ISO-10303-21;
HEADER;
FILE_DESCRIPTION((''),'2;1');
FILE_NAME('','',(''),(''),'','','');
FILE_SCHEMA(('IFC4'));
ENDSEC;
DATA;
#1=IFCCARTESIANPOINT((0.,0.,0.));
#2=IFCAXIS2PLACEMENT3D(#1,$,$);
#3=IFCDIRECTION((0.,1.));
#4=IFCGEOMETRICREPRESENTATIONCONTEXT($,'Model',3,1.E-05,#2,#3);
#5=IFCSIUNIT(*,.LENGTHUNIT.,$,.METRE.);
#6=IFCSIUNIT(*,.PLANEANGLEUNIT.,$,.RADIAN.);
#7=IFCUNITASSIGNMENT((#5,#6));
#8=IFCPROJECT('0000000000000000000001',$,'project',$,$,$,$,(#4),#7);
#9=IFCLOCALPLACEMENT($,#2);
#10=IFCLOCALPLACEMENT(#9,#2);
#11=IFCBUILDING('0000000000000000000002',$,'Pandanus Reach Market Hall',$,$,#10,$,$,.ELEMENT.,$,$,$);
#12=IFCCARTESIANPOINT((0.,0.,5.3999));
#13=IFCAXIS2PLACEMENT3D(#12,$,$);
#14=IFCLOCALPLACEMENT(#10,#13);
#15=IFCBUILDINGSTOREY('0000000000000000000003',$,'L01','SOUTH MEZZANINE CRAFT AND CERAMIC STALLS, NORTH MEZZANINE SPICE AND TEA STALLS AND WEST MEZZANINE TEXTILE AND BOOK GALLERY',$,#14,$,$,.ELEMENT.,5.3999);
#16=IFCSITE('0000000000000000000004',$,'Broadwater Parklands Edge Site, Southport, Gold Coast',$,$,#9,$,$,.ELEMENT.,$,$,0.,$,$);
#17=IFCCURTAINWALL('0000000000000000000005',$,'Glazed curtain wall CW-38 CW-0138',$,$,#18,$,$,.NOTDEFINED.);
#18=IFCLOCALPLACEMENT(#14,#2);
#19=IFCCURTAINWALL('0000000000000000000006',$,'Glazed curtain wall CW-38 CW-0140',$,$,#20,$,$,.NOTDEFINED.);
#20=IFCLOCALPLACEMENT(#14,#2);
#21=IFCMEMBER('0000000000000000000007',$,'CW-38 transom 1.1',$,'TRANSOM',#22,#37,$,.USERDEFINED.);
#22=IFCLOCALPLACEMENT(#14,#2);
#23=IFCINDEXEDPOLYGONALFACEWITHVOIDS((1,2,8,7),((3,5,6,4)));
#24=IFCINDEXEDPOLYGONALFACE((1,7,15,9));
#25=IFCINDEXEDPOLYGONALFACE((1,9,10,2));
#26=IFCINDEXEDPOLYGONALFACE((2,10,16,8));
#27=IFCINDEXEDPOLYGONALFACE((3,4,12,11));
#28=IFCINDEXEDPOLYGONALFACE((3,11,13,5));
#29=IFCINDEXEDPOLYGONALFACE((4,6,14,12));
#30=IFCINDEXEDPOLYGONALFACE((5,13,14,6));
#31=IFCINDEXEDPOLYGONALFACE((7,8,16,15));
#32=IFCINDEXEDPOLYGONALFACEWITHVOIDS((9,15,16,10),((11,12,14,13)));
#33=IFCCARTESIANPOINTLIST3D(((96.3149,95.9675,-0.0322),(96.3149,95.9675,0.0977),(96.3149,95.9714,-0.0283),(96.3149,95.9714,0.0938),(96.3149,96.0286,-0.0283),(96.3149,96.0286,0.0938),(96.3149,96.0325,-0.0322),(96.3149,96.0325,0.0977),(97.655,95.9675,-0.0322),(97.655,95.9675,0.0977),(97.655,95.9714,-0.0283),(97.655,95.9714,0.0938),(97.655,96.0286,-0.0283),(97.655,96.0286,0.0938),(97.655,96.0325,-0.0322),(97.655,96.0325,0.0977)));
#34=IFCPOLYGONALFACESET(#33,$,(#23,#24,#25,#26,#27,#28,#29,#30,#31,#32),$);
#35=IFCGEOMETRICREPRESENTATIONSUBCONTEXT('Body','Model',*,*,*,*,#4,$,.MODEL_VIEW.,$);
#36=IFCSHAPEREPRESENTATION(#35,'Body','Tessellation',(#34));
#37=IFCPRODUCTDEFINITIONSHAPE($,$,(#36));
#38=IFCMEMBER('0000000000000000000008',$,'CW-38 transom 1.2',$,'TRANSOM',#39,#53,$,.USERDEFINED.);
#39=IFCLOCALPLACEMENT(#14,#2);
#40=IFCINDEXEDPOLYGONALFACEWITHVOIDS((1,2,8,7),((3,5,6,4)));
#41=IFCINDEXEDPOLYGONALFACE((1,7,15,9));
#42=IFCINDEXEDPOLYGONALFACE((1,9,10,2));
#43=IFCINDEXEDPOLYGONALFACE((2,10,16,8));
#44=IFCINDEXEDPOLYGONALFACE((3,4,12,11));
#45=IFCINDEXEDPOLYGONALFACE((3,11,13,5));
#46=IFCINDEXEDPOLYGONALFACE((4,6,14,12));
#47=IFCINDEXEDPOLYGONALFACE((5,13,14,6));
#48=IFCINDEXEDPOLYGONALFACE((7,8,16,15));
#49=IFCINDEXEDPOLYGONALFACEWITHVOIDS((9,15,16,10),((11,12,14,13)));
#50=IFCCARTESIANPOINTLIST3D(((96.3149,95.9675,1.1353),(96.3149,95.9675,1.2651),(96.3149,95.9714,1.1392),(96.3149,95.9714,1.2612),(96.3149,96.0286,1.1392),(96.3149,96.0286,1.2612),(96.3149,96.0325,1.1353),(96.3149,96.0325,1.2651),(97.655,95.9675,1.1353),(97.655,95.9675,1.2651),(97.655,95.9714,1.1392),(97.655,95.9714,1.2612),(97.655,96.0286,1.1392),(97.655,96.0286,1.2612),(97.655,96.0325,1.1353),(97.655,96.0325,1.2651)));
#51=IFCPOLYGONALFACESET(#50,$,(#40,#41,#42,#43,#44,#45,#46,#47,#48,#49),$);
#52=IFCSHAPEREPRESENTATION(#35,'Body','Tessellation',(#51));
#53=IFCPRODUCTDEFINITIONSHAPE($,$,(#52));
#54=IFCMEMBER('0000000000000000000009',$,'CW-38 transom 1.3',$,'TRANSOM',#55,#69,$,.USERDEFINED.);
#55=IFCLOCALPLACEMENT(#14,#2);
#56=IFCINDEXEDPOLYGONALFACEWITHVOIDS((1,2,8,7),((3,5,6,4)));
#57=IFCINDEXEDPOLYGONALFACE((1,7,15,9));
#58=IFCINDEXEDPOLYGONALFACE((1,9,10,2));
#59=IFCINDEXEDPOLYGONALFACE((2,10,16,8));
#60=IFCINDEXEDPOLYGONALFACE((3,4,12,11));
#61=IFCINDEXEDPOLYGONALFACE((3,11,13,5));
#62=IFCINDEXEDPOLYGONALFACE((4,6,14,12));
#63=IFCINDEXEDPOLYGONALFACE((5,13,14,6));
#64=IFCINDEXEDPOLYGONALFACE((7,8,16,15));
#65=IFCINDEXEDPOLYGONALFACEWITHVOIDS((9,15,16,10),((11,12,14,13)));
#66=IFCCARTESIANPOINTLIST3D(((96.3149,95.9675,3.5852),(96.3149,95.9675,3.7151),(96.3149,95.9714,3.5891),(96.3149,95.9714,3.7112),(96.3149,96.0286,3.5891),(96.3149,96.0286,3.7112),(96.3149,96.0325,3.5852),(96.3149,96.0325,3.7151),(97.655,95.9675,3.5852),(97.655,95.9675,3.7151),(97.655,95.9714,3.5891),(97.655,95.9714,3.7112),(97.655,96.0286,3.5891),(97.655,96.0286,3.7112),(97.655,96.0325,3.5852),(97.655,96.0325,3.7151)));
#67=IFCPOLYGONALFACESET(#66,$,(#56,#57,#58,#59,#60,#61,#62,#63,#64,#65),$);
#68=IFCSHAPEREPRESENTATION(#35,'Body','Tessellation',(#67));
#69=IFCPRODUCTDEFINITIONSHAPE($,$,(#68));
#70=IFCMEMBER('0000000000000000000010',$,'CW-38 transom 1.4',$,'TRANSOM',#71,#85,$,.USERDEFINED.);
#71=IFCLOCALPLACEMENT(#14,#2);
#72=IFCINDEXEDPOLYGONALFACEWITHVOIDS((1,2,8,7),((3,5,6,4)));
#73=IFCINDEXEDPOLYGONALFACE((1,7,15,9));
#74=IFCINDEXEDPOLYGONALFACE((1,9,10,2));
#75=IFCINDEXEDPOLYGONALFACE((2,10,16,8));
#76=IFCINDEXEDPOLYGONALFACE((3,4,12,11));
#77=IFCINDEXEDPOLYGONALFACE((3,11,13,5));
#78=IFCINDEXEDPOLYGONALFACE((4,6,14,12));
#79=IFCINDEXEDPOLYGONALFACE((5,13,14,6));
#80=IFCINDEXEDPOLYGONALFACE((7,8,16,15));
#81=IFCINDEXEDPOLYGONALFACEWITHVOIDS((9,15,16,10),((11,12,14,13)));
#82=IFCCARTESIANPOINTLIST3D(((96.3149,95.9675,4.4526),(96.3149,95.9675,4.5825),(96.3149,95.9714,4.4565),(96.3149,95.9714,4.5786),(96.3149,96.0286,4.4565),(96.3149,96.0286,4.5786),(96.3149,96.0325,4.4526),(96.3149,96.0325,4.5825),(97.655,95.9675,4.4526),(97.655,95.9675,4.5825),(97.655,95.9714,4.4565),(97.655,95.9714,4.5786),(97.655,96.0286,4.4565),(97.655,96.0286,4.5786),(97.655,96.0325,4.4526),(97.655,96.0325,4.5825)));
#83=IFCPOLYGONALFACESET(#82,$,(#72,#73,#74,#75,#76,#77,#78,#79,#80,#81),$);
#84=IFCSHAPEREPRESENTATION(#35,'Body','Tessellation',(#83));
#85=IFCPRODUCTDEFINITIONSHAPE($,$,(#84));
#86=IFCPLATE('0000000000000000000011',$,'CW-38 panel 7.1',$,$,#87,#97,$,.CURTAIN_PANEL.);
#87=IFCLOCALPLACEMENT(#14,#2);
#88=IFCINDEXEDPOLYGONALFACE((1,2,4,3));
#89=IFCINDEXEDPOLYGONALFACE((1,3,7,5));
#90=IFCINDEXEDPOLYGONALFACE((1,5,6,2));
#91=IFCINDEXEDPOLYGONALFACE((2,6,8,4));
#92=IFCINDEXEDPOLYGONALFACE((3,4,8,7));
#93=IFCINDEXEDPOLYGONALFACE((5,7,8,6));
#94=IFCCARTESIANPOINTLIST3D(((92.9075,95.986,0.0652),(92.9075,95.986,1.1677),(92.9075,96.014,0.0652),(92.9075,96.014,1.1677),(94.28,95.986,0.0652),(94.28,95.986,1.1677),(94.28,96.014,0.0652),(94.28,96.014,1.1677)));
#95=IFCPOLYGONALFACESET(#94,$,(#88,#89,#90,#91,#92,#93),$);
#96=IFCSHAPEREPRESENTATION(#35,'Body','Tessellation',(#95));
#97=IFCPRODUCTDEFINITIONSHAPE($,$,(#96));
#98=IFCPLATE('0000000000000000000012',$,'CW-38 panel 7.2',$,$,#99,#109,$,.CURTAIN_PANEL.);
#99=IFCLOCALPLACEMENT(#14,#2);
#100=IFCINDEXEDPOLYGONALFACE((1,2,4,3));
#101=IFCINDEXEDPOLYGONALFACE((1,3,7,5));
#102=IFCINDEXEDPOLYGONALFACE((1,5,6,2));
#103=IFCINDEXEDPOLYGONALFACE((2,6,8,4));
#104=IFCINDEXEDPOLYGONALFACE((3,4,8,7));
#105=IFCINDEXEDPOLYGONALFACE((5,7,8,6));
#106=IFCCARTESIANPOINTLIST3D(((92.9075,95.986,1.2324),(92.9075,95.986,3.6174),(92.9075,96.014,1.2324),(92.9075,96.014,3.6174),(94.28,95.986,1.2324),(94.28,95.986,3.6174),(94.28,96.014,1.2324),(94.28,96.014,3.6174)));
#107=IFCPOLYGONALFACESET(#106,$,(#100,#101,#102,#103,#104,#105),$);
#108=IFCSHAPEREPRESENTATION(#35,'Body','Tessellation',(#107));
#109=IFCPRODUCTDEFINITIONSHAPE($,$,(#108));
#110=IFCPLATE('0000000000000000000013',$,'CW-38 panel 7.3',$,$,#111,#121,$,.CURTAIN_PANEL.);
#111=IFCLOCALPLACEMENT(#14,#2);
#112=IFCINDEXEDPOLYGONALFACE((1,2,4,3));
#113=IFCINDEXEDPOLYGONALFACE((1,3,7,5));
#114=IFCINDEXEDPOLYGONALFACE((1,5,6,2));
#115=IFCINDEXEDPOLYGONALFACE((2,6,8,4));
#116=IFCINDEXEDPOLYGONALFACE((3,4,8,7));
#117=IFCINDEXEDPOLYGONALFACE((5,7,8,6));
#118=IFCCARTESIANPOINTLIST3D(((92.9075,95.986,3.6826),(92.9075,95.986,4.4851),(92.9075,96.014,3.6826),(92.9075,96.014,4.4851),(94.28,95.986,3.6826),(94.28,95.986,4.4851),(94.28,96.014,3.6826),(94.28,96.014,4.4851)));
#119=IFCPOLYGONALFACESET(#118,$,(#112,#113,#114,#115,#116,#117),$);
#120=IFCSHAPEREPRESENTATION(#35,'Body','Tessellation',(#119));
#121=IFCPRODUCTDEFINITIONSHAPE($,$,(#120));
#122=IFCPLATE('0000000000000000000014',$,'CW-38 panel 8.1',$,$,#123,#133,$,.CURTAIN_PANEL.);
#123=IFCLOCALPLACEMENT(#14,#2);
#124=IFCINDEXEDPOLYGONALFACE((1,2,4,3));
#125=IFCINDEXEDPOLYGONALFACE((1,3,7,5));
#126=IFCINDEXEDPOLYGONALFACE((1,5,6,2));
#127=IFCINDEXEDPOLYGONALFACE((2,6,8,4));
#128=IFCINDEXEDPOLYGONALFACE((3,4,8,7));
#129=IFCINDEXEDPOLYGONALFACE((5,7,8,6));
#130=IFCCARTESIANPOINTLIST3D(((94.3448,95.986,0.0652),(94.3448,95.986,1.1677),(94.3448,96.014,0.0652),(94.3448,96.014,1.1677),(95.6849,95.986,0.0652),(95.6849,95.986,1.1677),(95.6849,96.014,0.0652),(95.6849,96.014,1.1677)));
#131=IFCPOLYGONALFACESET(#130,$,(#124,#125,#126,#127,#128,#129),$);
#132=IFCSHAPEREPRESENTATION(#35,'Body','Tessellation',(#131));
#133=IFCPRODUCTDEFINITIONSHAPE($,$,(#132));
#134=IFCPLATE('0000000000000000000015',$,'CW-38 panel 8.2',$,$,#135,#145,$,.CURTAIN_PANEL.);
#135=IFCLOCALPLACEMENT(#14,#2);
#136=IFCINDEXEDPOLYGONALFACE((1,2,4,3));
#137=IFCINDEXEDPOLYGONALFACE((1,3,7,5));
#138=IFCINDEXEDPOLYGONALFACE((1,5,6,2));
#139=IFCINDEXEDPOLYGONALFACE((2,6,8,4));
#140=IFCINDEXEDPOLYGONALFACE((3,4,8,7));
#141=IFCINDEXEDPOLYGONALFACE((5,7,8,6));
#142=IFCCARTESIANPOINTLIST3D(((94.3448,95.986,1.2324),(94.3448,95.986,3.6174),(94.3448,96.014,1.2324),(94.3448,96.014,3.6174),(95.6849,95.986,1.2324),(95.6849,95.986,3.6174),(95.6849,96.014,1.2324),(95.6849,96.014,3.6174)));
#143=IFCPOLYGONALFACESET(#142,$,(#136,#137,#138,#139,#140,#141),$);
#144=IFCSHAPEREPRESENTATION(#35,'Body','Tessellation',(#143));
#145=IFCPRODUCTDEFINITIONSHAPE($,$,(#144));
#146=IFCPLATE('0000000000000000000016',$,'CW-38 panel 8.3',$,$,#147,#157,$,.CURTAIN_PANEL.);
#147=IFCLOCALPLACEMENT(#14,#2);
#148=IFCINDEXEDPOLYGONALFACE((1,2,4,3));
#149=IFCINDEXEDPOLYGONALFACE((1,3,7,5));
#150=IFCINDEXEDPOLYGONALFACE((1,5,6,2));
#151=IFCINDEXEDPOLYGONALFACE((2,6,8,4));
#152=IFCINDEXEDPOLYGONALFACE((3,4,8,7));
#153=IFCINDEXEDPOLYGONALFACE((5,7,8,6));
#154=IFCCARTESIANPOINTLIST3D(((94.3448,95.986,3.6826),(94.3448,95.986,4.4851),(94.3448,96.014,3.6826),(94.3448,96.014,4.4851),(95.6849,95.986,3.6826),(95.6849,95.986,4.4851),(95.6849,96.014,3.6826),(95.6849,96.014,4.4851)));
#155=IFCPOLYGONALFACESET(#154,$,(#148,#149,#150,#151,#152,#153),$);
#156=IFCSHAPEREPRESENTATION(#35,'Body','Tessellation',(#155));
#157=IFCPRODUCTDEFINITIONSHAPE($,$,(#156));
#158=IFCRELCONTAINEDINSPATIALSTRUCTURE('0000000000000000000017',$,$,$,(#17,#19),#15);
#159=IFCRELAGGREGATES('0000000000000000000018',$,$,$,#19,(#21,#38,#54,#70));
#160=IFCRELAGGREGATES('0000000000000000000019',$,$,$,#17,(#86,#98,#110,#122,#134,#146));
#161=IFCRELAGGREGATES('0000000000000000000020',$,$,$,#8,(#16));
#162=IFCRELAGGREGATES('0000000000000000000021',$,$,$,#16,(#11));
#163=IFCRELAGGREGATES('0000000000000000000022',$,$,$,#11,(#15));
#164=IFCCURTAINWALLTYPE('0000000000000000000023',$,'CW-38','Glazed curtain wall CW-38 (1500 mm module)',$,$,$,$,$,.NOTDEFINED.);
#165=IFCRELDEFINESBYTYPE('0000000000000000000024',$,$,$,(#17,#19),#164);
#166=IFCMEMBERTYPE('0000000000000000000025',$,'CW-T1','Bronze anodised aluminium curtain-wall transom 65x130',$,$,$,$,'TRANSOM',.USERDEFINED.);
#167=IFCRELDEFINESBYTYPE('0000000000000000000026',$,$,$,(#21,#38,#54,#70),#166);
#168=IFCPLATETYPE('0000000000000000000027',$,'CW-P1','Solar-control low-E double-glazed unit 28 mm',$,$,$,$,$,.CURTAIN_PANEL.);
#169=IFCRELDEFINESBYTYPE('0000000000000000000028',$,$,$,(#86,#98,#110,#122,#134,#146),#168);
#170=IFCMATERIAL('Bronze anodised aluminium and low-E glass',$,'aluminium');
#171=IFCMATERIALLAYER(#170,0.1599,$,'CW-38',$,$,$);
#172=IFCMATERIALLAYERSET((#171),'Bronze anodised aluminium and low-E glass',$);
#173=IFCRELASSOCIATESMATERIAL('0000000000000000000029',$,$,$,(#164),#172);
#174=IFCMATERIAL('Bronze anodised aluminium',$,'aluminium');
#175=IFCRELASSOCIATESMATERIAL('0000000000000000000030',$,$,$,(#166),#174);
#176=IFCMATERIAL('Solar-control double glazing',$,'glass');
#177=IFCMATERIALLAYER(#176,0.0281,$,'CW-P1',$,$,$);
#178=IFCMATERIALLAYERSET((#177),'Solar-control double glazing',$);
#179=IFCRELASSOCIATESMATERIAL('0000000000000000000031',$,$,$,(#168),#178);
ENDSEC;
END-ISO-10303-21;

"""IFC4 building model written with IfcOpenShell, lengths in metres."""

from ifc_helpers import new_model, si_unit, direction, frame, origin, origin_2d, place, context, subcontext, project, spatial, rectangle, hollow_rectangle, extrude, material, layer, layer_set, material_profile, profile_set, type_object, element, aggregate, save


model = new_model("IFC4")

# Units and contexts
model_context = context("Model", 3, precision=1e-05, world=origin(), true_north=direction((0.0, 1.0)))
body_context = subcontext(model_context, "Body", "Model", "MODEL_VIEW")
ifc_project = project(units=[si_unit("LENGTHUNIT", "METRE"), si_unit("PLANEANGLEUNIT", "RADIAN")], contexts=[model_context])

# Site, building, storey
site_placement = place(None, origin())
site = spatial("IfcSite", under=ifc_project, at=site_placement, Name="Broadwater Parklands Edge Site, Southport, Gold Coast", CompositionType="ELEMENT", RefElevation=0.0)
building_placement = place(site_placement, origin())
building = spatial("IfcBuilding", under=site, at=building_placement, Name="Pandanus Reach Market Hall", CompositionType="ELEMENT")
storey_placement = place(building_placement, frame((0.0, 0.0, 5.3999)))
storey = spatial("IfcBuildingStorey", under=building, at=storey_placement, Name="L01", Description="SOUTH MEZZANINE CRAFT AND CERAMIC STALLS, NORTH MEZZANINE SPICE AND TEA STALLS AND WEST MEZZANINE TEXTILE AND BOOK GALLERY", CompositionType="ELEMENT", Elevation=5.3999)

# Curtain wall
ifc_material_1 = material(Name="Bronze anodised aluminium and low-E glass", Category="aluminium")
ifc_layer_1 = layer(ifc_material_1, 0.1599, Name="CW-38")
ifc_layer_set_1 = layer_set([ifc_layer_1], Name="Bronze anodised aluminium and low-E glass")
curtain_wall_type = type_object("IfcCurtainWallType", Name="CW-38", Description="Glazed curtain wall CW-38 (1500 mm module)", PredefinedType="NOTDEFINED", material=ifc_layer_set_1)
curtain_wall_1_placement = place(storey_placement, origin())
curtain_wall_1 = element("IfcCurtainWall", 1, at=curtain_wall_1_placement, inside=storey, type_object=curtain_wall_type, Name="Glazed curtain wall CW-38 CW-0138", PredefinedType="NOTDEFINED")
ifc_material_2 = material(Name="Bronze anodised aluminium", Category="aluminium")

# Curtain wall
curtain_wall_2_placement = place(storey_placement, origin())
curtain_wall_2 = element("IfcCurtainWall", 2, at=curtain_wall_2_placement, inside=storey, type_object=curtain_wall_type, Name="Glazed curtain wall CW-38 CW-0140", PredefinedType="NOTDEFINED")

# Members
ifc_material_profile_1 = material_profile(ifc_material_2, hollow_rectangle(XDim=0.0649, YDim=0.1299, WallThickness=0.0039, at=origin_2d()), Name="ALU65x130", Category="LoadBearing")
ifc_profile_set_1 = profile_set([ifc_material_profile_1], Name="Bronze anodised aluminium")
member_type_1 = type_object("IfcMemberType", Name="CW-T1", Description="Bronze anodised aluminium curtain-wall transom 65x130", ElementType="TRANSOM", PredefinedType="USERDEFINED", material=ifc_profile_set_1)
member_1_placement = place(storey_placement, frame((96.3149, 96.0, 0.0327), z_axis=(1.0, 0.0, 0.0), x_axis=(0.0, 1.0, 0.0)))
member_1 = element("IfcMember", 3, at=member_1_placement, type_object=member_type_1, Name="CW-38 transom 1.1", ObjectType="TRANSOM", PredefinedType="USERDEFINED", context=body_context, shape_type="SweptSolid", body=[
    extrude(hollow_rectangle(XDim=0.0649, YDim=0.1299, WallThickness=0.0039, at=origin_2d()), origin(), (0.0, 0.0, 1.0), 1.3401),
])
member_2_placement = place(storey_placement, frame((96.3149, 96.0, 1.2002), z_axis=(1.0, 0.0, 0.0), x_axis=(0.0, 1.0, 0.0)))
member_2 = element("IfcMember", 4, at=member_2_placement, type_object=member_type_1, Name="CW-38 transom 1.2", ObjectType="TRANSOM", PredefinedType="USERDEFINED", context=body_context, shape_type="SweptSolid", body=[
    extrude(hollow_rectangle(XDim=0.0649, YDim=0.1299, WallThickness=0.0039, at=origin_2d()), origin(), (0.0, 0.0, 1.0), 1.3401),
])
member_3_placement = place(storey_placement, frame((96.3149, 96.0, 3.6501), z_axis=(1.0, 0.0, 0.0), x_axis=(0.0, 1.0, 0.0)))
member_3 = element("IfcMember", 5, at=member_3_placement, type_object=member_type_1, Name="CW-38 transom 1.3", ObjectType="TRANSOM", PredefinedType="USERDEFINED", context=body_context, shape_type="SweptSolid", body=[
    extrude(hollow_rectangle(XDim=0.0649, YDim=0.1299, WallThickness=0.0039, at=origin_2d()), origin(), (0.0, 0.0, 1.0), 1.3401),
])
member_4_placement = place(storey_placement, frame((96.3149, 96.0, 4.5176), z_axis=(1.0, 0.0, 0.0), x_axis=(0.0, 1.0, 0.0)))
member_4 = element("IfcMember", 6, at=member_4_placement, type_object=member_type_1, Name="CW-38 transom 1.4", ObjectType="TRANSOM", PredefinedType="USERDEFINED", context=body_context, shape_type="SweptSolid", body=[
    extrude(hollow_rectangle(XDim=0.0649, YDim=0.1299, WallThickness=0.0039, at=origin_2d()), origin(), (0.0, 0.0, 1.0), 1.3401),
])
aggregate(curtain_wall_2, [member_1, member_2, member_3, member_4])

# Plates
ifc_material_3 = material(Name="Solar-control double glazing", Category="glass")
ifc_layer_2 = layer(ifc_material_3, 0.0281, Name="CW-P1")
ifc_layer_set_2 = layer_set([ifc_layer_2], Name="Solar-control double glazing")
plate_type = type_object("IfcPlateType", Name="CW-P1", Description="Solar-control low-E double-glazed unit 28 mm", PredefinedType="CURTAIN_PANEL", material=ifc_layer_set_2)
plate_1_placement = place(storey_placement, frame((93.5938, 96.0, 0.0652), z_axis=(0.0, 0.0, 1.0), x_axis=(1.0, 0.0, 0.0)))
plate_1 = element("IfcPlate", 7, at=plate_1_placement, type_object=plate_type, Name="CW-38 panel 7.1", PredefinedType="CURTAIN_PANEL", context=body_context, shape_type="SweptSolid", body=[
    extrude(rectangle(XDim=1.3726, YDim=0.0281, at=origin_2d()), origin(), (0.0, 0.0, 1.0), 1.1025),
])
plate_2_placement = place(storey_placement, frame((93.5938, 96.0, 1.2324), z_axis=(0.0, 0.0, 1.0), x_axis=(1.0, 0.0, 0.0)))
plate_2 = element("IfcPlate", 8, at=plate_2_placement, type_object=plate_type, Name="CW-38 panel 7.2", PredefinedType="CURTAIN_PANEL", context=body_context, shape_type="SweptSolid", body=[
    extrude(rectangle(XDim=1.3726, YDim=0.0281, at=origin_2d()), origin(), (0.0, 0.0, 1.0), 2.385),
])
plate_3_placement = place(storey_placement, frame((93.5938, 96.0, 3.6826), z_axis=(0.0, 0.0, 1.0), x_axis=(1.0, 0.0, 0.0)))
plate_3 = element("IfcPlate", 9, at=plate_3_placement, type_object=plate_type, Name="CW-38 panel 7.3", PredefinedType="CURTAIN_PANEL", context=body_context, shape_type="SweptSolid", body=[
    extrude(rectangle(XDim=1.3726, YDim=0.0281, at=origin_2d()), origin(), (0.0, 0.0, 1.0), 0.8025),
])
plate_4_placement = place(storey_placement, frame((95.0149, 96.0, 0.0652), z_axis=(0.0, 0.0, 1.0), x_axis=(1.0, 0.0, 0.0)))
plate_4 = element("IfcPlate", 10, at=plate_4_placement, type_object=plate_type, Name="CW-38 panel 8.1", PredefinedType="CURTAIN_PANEL", context=body_context, shape_type="SweptSolid", body=[
    extrude(rectangle(XDim=1.3401, YDim=0.0281, at=origin_2d()), origin(), (0.0, 0.0, 1.0), 1.1025),
])
plate_5_placement = place(storey_placement, frame((95.0149, 96.0, 1.2324), z_axis=(0.0, 0.0, 1.0), x_axis=(1.0, 0.0, 0.0)))
plate_5 = element("IfcPlate", 11, at=plate_5_placement, type_object=plate_type, Name="CW-38 panel 8.2", PredefinedType="CURTAIN_PANEL", context=body_context, shape_type="SweptSolid", body=[
    extrude(rectangle(XDim=1.3401, YDim=0.0281, at=origin_2d()), origin(), (0.0, 0.0, 1.0), 2.385),
])
plate_6_placement = place(storey_placement, frame((95.0149, 96.0, 3.6826), z_axis=(0.0, 0.0, 1.0), x_axis=(1.0, 0.0, 0.0)))
plate_6 = element("IfcPlate", 12, at=plate_6_placement, type_object=plate_type, Name="CW-38 panel 8.3", PredefinedType="CURTAIN_PANEL", context=body_context, shape_type="SweptSolid", body=[
    extrude(rectangle(XDim=1.3401, YDim=0.0281, at=origin_2d()), origin(), (0.0, 0.0, 1.0), 0.8025),
])
aggregate(curtain_wall_1, [plate_1, plate_2, plate_3, plate_4, plate_5, plate_6])

save(model, "model.ifc")
